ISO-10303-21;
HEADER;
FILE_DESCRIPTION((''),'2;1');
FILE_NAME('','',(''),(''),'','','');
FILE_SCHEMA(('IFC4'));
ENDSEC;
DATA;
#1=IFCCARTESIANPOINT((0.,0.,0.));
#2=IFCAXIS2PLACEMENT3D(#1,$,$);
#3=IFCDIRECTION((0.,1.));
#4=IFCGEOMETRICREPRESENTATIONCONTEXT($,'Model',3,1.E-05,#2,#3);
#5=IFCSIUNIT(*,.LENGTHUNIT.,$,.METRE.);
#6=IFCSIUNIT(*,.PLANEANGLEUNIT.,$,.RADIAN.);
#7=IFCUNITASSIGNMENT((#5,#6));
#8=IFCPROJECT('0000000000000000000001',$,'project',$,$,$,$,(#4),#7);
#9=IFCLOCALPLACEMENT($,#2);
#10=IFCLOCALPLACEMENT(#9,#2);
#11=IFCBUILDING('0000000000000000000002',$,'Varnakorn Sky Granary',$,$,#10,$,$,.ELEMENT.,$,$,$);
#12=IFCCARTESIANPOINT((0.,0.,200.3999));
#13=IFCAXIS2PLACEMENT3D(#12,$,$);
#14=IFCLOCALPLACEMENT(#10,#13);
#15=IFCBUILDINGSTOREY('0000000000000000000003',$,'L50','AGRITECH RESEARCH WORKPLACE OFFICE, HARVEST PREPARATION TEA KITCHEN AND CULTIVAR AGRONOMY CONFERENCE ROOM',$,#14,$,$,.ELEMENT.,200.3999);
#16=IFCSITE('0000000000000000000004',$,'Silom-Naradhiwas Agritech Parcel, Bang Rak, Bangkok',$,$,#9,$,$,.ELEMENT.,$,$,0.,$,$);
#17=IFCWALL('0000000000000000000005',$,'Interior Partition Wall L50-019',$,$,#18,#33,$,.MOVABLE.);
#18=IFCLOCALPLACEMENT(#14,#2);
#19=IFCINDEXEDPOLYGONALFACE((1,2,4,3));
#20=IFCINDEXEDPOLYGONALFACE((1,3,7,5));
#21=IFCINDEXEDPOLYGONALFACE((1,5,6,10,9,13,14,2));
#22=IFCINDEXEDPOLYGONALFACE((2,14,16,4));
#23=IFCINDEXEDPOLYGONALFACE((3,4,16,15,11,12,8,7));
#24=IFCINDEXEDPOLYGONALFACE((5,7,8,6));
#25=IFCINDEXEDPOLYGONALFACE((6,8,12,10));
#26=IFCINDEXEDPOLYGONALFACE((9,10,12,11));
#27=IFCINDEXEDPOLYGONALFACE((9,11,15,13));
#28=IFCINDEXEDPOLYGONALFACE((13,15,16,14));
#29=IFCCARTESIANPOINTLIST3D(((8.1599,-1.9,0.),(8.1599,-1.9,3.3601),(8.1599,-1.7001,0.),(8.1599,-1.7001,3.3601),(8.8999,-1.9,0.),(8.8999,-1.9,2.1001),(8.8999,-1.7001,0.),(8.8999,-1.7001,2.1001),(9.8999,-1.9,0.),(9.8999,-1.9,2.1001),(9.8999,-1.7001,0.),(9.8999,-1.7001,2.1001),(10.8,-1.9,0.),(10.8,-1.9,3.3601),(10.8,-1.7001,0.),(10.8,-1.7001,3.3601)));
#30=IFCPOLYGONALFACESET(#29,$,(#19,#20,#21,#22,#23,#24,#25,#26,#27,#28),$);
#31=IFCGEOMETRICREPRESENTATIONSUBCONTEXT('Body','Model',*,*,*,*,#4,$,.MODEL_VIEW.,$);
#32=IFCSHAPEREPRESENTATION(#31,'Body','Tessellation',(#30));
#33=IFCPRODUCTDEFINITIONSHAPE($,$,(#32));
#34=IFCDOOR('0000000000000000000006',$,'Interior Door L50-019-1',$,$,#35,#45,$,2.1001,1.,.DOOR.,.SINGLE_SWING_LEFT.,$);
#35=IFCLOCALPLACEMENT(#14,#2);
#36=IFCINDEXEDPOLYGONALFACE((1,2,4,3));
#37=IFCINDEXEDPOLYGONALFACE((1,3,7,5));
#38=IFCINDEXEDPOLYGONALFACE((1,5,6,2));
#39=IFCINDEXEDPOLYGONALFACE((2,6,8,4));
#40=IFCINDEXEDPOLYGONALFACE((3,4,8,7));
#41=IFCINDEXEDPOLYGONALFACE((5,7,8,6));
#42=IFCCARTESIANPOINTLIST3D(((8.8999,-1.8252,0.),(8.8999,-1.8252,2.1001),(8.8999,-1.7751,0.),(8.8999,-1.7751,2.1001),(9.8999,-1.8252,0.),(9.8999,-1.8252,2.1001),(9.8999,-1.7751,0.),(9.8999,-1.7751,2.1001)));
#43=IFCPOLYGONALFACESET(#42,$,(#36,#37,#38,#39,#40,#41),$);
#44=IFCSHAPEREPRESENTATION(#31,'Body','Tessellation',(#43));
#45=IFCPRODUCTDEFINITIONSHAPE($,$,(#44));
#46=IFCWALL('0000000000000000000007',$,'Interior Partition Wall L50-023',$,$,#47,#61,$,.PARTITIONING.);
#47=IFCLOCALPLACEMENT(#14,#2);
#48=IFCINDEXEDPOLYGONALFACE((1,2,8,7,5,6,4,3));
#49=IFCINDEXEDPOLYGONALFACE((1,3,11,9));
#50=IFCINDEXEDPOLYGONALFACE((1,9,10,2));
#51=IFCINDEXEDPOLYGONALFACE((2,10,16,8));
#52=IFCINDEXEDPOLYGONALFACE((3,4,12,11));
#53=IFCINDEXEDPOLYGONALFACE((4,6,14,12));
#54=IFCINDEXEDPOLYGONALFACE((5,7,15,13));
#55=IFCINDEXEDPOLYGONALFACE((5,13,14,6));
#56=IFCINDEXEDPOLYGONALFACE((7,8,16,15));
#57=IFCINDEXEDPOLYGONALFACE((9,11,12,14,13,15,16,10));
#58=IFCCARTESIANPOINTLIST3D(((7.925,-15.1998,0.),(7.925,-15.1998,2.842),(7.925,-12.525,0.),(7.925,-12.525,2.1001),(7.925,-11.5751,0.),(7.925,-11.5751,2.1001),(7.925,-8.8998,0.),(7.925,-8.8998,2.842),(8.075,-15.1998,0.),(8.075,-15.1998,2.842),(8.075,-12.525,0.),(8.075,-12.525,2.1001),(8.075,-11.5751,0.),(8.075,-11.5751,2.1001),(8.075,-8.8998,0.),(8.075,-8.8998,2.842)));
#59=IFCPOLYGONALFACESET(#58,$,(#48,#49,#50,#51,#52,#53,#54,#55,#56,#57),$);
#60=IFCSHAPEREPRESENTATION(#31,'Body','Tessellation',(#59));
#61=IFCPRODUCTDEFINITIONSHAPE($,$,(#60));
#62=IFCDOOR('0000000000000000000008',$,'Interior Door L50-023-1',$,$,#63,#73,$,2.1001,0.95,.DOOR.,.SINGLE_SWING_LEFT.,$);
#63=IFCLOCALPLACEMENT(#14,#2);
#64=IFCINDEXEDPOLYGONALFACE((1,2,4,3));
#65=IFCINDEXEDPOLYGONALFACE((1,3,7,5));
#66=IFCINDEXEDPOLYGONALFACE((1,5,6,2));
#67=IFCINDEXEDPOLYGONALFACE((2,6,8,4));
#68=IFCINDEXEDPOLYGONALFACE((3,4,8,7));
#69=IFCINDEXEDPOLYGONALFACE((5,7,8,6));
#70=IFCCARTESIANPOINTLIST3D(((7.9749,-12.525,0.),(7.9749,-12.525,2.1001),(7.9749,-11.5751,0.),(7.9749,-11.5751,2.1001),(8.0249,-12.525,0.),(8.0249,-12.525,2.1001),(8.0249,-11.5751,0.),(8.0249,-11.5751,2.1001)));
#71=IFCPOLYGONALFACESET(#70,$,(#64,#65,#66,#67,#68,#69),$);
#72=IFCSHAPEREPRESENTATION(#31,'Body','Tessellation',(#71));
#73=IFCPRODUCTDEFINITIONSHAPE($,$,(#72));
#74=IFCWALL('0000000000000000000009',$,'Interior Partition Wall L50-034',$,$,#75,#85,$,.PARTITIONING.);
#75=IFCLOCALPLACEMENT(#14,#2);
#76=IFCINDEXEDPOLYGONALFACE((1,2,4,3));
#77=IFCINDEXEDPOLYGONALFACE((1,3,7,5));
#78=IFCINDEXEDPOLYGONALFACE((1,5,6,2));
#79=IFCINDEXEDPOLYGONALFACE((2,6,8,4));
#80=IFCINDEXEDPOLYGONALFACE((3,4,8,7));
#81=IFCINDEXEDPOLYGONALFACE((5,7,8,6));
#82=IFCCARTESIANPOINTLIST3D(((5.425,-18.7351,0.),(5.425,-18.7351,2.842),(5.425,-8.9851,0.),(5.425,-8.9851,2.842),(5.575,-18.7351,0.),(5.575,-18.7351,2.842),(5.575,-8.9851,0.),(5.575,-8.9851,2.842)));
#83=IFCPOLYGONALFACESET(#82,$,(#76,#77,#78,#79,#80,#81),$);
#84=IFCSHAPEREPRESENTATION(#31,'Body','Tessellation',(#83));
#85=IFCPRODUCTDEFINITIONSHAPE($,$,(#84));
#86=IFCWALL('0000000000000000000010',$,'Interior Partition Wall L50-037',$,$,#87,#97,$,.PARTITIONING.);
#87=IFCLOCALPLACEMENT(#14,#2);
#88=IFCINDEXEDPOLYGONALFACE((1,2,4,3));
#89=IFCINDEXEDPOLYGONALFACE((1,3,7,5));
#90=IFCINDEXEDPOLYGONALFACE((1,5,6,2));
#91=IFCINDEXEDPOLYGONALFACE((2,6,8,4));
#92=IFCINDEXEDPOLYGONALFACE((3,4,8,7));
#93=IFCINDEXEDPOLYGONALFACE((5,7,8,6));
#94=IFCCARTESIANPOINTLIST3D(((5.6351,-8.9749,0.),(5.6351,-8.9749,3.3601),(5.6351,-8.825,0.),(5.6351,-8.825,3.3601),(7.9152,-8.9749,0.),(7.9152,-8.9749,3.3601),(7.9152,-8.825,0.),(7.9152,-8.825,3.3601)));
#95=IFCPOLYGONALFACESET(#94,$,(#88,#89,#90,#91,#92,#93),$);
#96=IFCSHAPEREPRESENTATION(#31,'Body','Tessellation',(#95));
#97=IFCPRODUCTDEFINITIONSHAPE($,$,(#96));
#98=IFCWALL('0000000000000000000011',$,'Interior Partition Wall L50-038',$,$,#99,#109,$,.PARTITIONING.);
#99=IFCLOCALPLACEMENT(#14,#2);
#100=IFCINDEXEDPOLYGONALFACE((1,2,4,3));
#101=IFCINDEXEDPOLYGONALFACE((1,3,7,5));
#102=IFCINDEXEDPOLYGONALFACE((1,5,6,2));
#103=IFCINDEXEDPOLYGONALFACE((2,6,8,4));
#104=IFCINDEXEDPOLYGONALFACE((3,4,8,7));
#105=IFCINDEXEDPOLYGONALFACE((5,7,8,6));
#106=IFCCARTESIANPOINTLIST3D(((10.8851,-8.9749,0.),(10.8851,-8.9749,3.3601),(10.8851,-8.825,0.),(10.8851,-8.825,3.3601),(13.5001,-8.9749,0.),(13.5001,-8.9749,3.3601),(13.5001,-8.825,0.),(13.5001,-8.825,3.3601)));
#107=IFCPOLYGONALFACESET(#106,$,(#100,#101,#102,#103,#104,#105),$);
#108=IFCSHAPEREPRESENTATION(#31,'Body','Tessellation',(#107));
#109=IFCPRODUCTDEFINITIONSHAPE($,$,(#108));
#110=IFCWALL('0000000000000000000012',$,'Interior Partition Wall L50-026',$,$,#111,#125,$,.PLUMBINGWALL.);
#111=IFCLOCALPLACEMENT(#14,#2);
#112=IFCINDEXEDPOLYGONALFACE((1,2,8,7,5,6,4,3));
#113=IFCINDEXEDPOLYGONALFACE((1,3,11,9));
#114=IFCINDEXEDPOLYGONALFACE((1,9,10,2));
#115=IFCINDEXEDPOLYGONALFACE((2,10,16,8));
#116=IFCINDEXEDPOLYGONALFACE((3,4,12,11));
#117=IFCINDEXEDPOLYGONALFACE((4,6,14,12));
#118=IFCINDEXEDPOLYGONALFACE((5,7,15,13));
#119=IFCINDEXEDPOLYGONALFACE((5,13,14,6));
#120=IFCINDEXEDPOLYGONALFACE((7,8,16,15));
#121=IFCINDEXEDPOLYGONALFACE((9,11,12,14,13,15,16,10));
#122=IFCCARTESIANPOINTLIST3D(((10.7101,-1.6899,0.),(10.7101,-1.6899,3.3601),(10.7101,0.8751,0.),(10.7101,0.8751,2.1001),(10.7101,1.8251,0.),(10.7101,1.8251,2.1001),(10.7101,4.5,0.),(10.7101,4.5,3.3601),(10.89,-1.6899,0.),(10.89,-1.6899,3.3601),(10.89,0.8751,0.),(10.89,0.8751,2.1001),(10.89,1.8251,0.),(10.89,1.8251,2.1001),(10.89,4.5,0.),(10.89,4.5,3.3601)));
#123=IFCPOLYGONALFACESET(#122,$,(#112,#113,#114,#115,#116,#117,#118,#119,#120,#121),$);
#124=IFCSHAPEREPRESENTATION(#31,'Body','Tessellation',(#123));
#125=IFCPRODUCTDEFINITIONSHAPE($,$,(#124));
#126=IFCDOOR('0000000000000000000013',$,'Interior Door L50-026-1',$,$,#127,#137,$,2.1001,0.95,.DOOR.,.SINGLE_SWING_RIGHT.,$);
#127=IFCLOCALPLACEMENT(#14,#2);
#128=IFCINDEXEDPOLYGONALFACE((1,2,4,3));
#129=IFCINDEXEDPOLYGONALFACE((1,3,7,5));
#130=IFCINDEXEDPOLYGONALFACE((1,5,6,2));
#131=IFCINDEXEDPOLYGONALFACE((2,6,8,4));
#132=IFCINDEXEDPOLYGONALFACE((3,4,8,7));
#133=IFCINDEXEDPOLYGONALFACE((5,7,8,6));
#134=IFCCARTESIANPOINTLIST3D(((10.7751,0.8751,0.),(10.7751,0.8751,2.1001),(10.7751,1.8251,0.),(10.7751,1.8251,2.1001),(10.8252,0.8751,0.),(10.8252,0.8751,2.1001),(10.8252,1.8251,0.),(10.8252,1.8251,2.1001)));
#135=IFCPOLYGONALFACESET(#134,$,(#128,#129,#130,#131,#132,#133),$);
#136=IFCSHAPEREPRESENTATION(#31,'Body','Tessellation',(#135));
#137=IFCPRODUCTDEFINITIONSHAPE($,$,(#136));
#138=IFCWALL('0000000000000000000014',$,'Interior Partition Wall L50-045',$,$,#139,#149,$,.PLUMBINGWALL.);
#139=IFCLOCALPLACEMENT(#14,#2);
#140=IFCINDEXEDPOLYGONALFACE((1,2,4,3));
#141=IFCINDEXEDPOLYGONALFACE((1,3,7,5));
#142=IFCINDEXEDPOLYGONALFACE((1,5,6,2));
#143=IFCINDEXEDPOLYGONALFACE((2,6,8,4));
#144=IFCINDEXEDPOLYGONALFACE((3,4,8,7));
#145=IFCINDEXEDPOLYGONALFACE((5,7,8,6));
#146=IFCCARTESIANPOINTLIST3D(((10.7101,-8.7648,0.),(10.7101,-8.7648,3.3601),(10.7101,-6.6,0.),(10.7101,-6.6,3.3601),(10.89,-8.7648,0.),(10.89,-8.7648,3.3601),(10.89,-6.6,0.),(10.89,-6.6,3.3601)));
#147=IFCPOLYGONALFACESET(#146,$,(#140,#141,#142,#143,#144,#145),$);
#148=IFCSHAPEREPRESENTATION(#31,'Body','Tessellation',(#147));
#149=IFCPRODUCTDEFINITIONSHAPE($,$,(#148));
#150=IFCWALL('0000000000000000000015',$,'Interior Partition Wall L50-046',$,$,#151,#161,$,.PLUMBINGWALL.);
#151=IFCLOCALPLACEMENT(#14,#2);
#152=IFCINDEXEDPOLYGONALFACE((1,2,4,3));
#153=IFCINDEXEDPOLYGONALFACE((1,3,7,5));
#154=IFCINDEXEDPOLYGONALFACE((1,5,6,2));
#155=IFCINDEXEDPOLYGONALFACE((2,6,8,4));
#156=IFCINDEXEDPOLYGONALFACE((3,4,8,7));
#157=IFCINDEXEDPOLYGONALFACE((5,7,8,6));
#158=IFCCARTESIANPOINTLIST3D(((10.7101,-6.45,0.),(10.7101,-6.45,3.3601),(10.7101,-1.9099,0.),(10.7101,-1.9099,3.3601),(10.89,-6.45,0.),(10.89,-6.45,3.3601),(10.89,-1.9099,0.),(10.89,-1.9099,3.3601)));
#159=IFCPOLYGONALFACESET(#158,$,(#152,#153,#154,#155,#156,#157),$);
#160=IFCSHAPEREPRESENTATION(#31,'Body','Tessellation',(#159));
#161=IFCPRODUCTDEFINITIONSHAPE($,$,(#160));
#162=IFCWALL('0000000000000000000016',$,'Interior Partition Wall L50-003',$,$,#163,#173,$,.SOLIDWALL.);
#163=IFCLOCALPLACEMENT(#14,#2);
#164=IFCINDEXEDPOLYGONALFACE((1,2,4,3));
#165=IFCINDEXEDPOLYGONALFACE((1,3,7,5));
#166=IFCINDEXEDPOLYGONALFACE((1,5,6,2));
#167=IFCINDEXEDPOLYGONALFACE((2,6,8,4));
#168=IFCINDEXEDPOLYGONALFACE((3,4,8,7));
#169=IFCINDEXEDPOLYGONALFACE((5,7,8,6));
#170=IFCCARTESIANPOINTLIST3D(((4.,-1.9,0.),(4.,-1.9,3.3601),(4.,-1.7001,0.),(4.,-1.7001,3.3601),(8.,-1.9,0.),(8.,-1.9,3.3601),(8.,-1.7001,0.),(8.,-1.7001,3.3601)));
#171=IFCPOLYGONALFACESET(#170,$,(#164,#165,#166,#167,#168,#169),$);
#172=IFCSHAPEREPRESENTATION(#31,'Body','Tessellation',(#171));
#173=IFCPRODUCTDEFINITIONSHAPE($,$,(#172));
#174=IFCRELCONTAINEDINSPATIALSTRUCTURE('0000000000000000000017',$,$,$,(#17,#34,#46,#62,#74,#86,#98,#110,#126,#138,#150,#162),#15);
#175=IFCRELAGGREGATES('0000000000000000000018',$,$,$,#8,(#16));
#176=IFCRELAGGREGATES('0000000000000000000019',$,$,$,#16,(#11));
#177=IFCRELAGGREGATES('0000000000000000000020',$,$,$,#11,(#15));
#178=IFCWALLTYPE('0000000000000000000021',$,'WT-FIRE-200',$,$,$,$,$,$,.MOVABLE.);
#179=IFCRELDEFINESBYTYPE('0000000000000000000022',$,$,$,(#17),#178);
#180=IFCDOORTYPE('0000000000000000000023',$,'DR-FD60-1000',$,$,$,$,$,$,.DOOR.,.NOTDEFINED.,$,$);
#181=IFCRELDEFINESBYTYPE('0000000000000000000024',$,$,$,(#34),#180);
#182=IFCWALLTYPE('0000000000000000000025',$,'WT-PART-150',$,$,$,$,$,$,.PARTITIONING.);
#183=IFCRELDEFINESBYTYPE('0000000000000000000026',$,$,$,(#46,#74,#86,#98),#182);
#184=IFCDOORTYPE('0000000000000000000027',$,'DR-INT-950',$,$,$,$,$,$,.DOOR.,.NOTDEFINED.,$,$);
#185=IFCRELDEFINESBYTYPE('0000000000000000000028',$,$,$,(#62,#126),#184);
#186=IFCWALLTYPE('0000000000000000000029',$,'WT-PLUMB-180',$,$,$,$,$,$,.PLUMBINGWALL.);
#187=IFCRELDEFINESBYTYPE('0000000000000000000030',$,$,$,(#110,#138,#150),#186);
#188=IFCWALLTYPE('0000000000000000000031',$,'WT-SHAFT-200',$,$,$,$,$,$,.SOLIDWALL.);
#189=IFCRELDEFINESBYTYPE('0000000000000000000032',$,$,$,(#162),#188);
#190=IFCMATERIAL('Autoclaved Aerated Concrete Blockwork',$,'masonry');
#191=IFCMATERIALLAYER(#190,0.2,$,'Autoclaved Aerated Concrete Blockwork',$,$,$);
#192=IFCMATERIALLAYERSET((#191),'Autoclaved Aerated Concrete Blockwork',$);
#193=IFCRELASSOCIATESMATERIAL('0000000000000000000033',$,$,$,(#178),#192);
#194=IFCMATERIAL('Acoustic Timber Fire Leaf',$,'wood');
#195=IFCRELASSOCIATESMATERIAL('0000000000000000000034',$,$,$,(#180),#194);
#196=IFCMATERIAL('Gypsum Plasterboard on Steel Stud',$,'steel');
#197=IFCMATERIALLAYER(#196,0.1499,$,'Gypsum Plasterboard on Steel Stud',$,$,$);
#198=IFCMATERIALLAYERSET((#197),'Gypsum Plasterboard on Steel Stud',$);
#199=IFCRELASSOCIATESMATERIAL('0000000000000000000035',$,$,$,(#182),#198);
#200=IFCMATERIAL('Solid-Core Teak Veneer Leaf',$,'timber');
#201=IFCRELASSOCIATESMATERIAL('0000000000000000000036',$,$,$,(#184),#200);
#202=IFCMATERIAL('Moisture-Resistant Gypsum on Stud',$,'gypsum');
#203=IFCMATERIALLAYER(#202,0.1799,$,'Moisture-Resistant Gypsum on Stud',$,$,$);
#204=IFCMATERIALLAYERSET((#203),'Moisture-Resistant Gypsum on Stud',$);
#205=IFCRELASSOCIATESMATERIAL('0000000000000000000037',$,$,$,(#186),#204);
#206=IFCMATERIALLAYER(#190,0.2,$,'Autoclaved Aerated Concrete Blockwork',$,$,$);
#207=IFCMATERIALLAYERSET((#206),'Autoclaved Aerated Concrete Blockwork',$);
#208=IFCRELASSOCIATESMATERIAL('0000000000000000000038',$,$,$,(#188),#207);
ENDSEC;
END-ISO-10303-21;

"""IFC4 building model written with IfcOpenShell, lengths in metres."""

from ifc_helpers import new_model, si_unit, direction, frame, frame_2d, origin, place, context, subcontext, project, spatial, rectangle, extrude, material, layer, layer_set, type_object, element, fill, save


model = new_model("IFC4")

# Units and contexts
model_context = context("Model", 3, precision=1e-05, world=origin(), true_north=direction((0.0, 1.0)))
body_context = subcontext(model_context, "Body", "Model", "MODEL_VIEW")
ifc_project = project(units=[si_unit("LENGTHUNIT", "METRE"), si_unit("PLANEANGLEUNIT", "RADIAN")], contexts=[model_context])

# Site, building, storey
site_placement = place(None, origin())
site = spatial("IfcSite", under=ifc_project, at=site_placement, Name="Silom-Naradhiwas Agritech Parcel, Bang Rak, Bangkok", CompositionType="ELEMENT", RefElevation=0.0)
building_placement = place(site_placement, origin())
building = spatial("IfcBuilding", under=site, at=building_placement, Name="Varnakorn Sky Granary", CompositionType="ELEMENT")
storey_placement = place(building_placement, frame((0.0, 0.0, 200.3999)))
storey = spatial("IfcBuildingStorey", under=building, at=storey_placement, Name="L50", Description="AGRITECH RESEARCH WORKPLACE OFFICE, HARVEST PREPARATION TEA KITCHEN AND CULTIVAR AGRONOMY CONFERENCE ROOM", CompositionType="ELEMENT", Elevation=200.3999)

# Walls, openings, doors
ifc_material_1 = material(Name="Autoclaved Aerated Concrete Blockwork", Category="masonry")
ifc_layer_1 = layer(ifc_material_1, 0.2, Name="Autoclaved Aerated Concrete Blockwork")
ifc_layer_set_1 = layer_set([ifc_layer_1], Name="Autoclaved Aerated Concrete Blockwork")
wall_type_1 = type_object("IfcWallType", Name="WT-FIRE-200", PredefinedType="MOVABLE", material=ifc_layer_set_1)
ifc_material_2 = material(Name="Acoustic Timber Fire Leaf", Category="wood")
door_type_1 = type_object("IfcDoorType", Name="DR-FD60-1000", OperationType="NOTDEFINED", PredefinedType="DOOR", material=ifc_material_2)
wall_1_placement = place(storey_placement, frame((8.1599, -1.8, 0.0), z_axis=(0.0, 0.0, 1.0), x_axis=(1.0, 0.0, 0.0)))
wall_1 = element("IfcWall", 1, at=wall_1_placement, inside=storey, type_object=wall_type_1, Name="Interior Partition Wall L50-019", PredefinedType="MOVABLE", context=body_context, shape_type="SweptSolid", body=[
    extrude(rectangle(XDim=2.6401, YDim=0.2, at=frame_2d((1.3201, 0.0))), origin(), (0.0, 0.0, 1.0), 3.3601),
])
opening_1_placement = place(wall_1_placement, frame((0.74, 0.0, 0.0)))
opening_1 = element("IfcOpeningElement", 2, at=opening_1_placement, cuts=wall_1, PredefinedType="OPENING", context=body_context, shape_type="SweptSolid", body=[
    extrude(rectangle(XDim=1.0, YDim=2.1001, at=frame_2d((0.5, 1.05))), frame((0.0, 0.1099, 0.0), z_axis=(0.0, -1.0, 0.0), x_axis=(1.0, 0.0, 0.0)), (0.0, 0.0, 1.0), 0.22),
])
door_1_placement = place(opening_1_placement, origin())
door_1 = element("IfcDoor", 3, at=door_1_placement, inside=storey, type_object=door_type_1, Name="Interior Door L50-019-1", OperationType="SINGLE_SWING_LEFT", OverallHeight=2.1001, OverallWidth=1.0, PredefinedType="DOOR", context=body_context, shape_type="SweptSolid", body=[
    extrude(rectangle(XDim=1.0, YDim=2.1001, at=frame_2d((0.5, 1.05))), frame((0.0, 0.0249, 0.0), z_axis=(0.0, -1.0, 0.0), x_axis=(1.0, 0.0, 0.0)), (0.0, 0.0, 1.0), 0.05),
])
fill(opening_1, door_1)
ifc_material_3 = material(Name="Gypsum Plasterboard on Steel Stud", Category="steel")
ifc_layer_2 = layer(ifc_material_3, 0.1499, Name="Gypsum Plasterboard on Steel Stud")
ifc_layer_set_2 = layer_set([ifc_layer_2], Name="Gypsum Plasterboard on Steel Stud")
wall_type_2 = type_object("IfcWallType", Name="WT-PART-150", PredefinedType="PARTITIONING", material=ifc_layer_set_2)
wall_2_placement = place(storey_placement, frame((8.0, -8.8999, 0.0), z_axis=(0.0, 0.0, 1.0), x_axis=(0.0, -1.0, 0.0)))
wall_2 = element("IfcWall", 4, at=wall_2_placement, inside=storey, type_object=wall_type_2, Name="Interior Partition Wall L50-023", PredefinedType="PARTITIONING", context=body_context, shape_type="SweptSolid", body=[
    extrude(rectangle(XDim=6.3, YDim=0.1499, at=frame_2d((3.1499, 0.0))), origin(), (0.0, 0.0, 1.0), 2.842),
])
opening_2_placement = place(wall_2_placement, frame((2.675, 0.0, 0.0)))
opening_2 = element("IfcOpeningElement", 5, at=opening_2_placement, cuts=wall_2, PredefinedType="OPENING", context=body_context, shape_type="SweptSolid", body=[
    extrude(rectangle(XDim=0.95, YDim=2.1001, at=frame_2d((0.4751, 1.05))), frame((0.0, 0.085, 0.0), z_axis=(0.0, -1.0, 0.0), x_axis=(1.0, 0.0, 0.0)), (0.0, 0.0, 1.0), 0.1699),
])
ifc_material_4 = material(Name="Solid-Core Teak Veneer Leaf", Category="timber")
door_type_2 = type_object("IfcDoorType", Name="DR-INT-950", OperationType="NOTDEFINED", PredefinedType="DOOR", material=ifc_material_4)
door_2_placement = place(opening_2_placement, origin())
door_2 = element("IfcDoor", 6, at=door_2_placement, inside=storey, type_object=door_type_2, Name="Interior Door L50-023-1", OperationType="SINGLE_SWING_LEFT", OverallHeight=2.1001, OverallWidth=0.95, PredefinedType="DOOR", context=body_context, shape_type="SweptSolid", body=[
    extrude(rectangle(XDim=0.95, YDim=2.1001, at=frame_2d((0.4751, 1.05))), frame((0.0, 0.0249, 0.0), z_axis=(0.0, -1.0, 0.0), x_axis=(1.0, 0.0, 0.0)), (0.0, 0.0, 1.0), 0.05),
])
fill(opening_2, door_2)

# Walls
wall_3_placement = place(storey_placement, frame((5.5, -8.9851, 0.0), z_axis=(0.0, 0.0, 1.0), x_axis=(0.0, -1.0, 0.0)))
element("IfcWall", 7, at=wall_3_placement, inside=storey, type_object=wall_type_2, Name="Interior Partition Wall L50-034", PredefinedType="PARTITIONING", context=body_context, shape_type="SweptSolid", body=[
    extrude(rectangle(XDim=9.75, YDim=0.1499, at=frame_2d((4.875, 0.0))), origin(), (0.0, 0.0, 1.0), 2.842),
])
wall_4_placement = place(storey_placement, frame((5.635, -8.8999, 0.0), z_axis=(0.0, 0.0, 1.0), x_axis=(1.0, 0.0, 0.0)))
element("IfcWall", 8, at=wall_4_placement, inside=storey, type_object=wall_type_2, Name="Interior Partition Wall L50-037", PredefinedType="PARTITIONING", context=body_context, shape_type="SweptSolid", body=[
    extrude(rectangle(XDim=2.28, YDim=0.1499, at=frame_2d((1.1401, 0.0))), origin(), (0.0, 0.0, 1.0), 3.3601),
])
wall_5_placement = place(storey_placement, frame((10.885, -8.8999, 0.0), z_axis=(0.0, 0.0, 1.0), x_axis=(1.0, 0.0, 0.0)))
element("IfcWall", 9, at=wall_5_placement, inside=storey, type_object=wall_type_2, Name="Interior Partition Wall L50-038", PredefinedType="PARTITIONING", context=body_context, shape_type="SweptSolid", body=[
    extrude(rectangle(XDim=2.615, YDim=0.1499, at=frame_2d((1.3076, 0.0))), origin(), (0.0, 0.0, 1.0), 3.3601),
])

# Wall, opening, door
ifc_material_5 = material(Name="Moisture-Resistant Gypsum on Stud", Category="gypsum")
ifc_layer_3 = layer(ifc_material_5, 0.1799, Name="Moisture-Resistant Gypsum on Stud")
ifc_layer_set_3 = layer_set([ifc_layer_3], Name="Moisture-Resistant Gypsum on Stud")
wall_type_3 = type_object("IfcWallType", Name="WT-PLUMB-180", PredefinedType="PLUMBINGWALL", material=ifc_layer_set_3)
wall_6_placement = place(storey_placement, frame((10.8, -1.6899, 0.0), z_axis=(0.0, 0.0, 1.0), x_axis=(0.0, 1.0, 0.0)))
wall_6 = element("IfcWall", 10, at=wall_6_placement, inside=storey, type_object=wall_type_3, Name="Interior Partition Wall L50-026", PredefinedType="PLUMBINGWALL", context=body_context, shape_type="SweptSolid", body=[
    extrude(rectangle(XDim=6.1899, YDim=0.1799, at=frame_2d((3.095, 0.0))), origin(), (0.0, 0.0, 1.0), 3.3601),
])
opening_3_placement = place(wall_6_placement, frame((2.5649, 0.0, 0.0)))
opening_3 = element("IfcOpeningElement", 11, at=opening_3_placement, cuts=wall_6, PredefinedType="OPENING", context=body_context, shape_type="SweptSolid", body=[
    extrude(rectangle(XDim=0.95, YDim=2.1001, at=frame_2d((0.4751, 1.05))), frame((0.0, 0.1001, 0.0), z_axis=(0.0, -1.0, 0.0), x_axis=(1.0, 0.0, 0.0)), (0.0, 0.0, 1.0), 0.2),
])
door_3_placement = place(opening_3_placement, origin())
door_3 = element("IfcDoor", 12, at=door_3_placement, inside=storey, type_object=door_type_2, Name="Interior Door L50-026-1", OperationType="SINGLE_SWING_RIGHT", OverallHeight=2.1001, OverallWidth=0.95, PredefinedType="DOOR", context=body_context, shape_type="SweptSolid", body=[
    extrude(rectangle(XDim=0.95, YDim=2.1001, at=frame_2d((0.4751, 1.05))), frame((0.0, 0.0249, 0.0), z_axis=(0.0, -1.0, 0.0), x_axis=(1.0, 0.0, 0.0)), (0.0, 0.0, 1.0), 0.05),
])
fill(opening_3, door_3)

# Walls
wall_7_placement = place(storey_placement, frame((10.8, -8.7649, 0.0), z_axis=(0.0, 0.0, 1.0), x_axis=(0.0, 1.0, 0.0)))
element("IfcWall", 13, at=wall_7_placement, inside=storey, type_object=wall_type_3, Name="Interior Partition Wall L50-045", PredefinedType="PLUMBINGWALL", context=body_context, shape_type="SweptSolid", body=[
    extrude(rectangle(XDim=2.1648, YDim=0.1799, at=frame_2d((1.0825, 0.0))), origin(), (0.0, 0.0, 1.0), 3.3601),
])
wall_8_placement = place(storey_placement, frame((10.8, -6.45, 0.0), z_axis=(0.0, 0.0, 1.0), x_axis=(0.0, 1.0, 0.0)))
element("IfcWall", 14, at=wall_8_placement, inside=storey, type_object=wall_type_3, Name="Interior Partition Wall L50-046", PredefinedType="PLUMBINGWALL", context=body_context, shape_type="SweptSolid", body=[
    extrude(rectangle(XDim=4.54, YDim=0.1799, at=frame_2d((2.27, 0.0))), origin(), (0.0, 0.0, 1.0), 3.3601),
])
ifc_layer_4 = layer(ifc_material_1, 0.2, Name="Autoclaved Aerated Concrete Blockwork")
ifc_layer_set_4 = layer_set([ifc_layer_4], Name="Autoclaved Aerated Concrete Blockwork")
wall_type_4 = type_object("IfcWallType", Name="WT-SHAFT-200", PredefinedType="SOLIDWALL", material=ifc_layer_set_4)
wall_9_placement = place(storey_placement, frame((4.0, -1.8, 0.0), z_axis=(0.0, 0.0, 1.0), x_axis=(1.0, 0.0, 0.0)))
element("IfcWall", 15, at=wall_9_placement, inside=storey, type_object=wall_type_4, Name="Interior Partition Wall L50-003", PredefinedType="SOLIDWALL", context=body_context, shape_type="SweptSolid", body=[
    extrude(rectangle(XDim=4.0, YDim=0.2, at=frame_2d((2.0, 0.0))), origin(), (0.0, 0.0, 1.0), 3.3601),
])

save(model, "model.ifc")
